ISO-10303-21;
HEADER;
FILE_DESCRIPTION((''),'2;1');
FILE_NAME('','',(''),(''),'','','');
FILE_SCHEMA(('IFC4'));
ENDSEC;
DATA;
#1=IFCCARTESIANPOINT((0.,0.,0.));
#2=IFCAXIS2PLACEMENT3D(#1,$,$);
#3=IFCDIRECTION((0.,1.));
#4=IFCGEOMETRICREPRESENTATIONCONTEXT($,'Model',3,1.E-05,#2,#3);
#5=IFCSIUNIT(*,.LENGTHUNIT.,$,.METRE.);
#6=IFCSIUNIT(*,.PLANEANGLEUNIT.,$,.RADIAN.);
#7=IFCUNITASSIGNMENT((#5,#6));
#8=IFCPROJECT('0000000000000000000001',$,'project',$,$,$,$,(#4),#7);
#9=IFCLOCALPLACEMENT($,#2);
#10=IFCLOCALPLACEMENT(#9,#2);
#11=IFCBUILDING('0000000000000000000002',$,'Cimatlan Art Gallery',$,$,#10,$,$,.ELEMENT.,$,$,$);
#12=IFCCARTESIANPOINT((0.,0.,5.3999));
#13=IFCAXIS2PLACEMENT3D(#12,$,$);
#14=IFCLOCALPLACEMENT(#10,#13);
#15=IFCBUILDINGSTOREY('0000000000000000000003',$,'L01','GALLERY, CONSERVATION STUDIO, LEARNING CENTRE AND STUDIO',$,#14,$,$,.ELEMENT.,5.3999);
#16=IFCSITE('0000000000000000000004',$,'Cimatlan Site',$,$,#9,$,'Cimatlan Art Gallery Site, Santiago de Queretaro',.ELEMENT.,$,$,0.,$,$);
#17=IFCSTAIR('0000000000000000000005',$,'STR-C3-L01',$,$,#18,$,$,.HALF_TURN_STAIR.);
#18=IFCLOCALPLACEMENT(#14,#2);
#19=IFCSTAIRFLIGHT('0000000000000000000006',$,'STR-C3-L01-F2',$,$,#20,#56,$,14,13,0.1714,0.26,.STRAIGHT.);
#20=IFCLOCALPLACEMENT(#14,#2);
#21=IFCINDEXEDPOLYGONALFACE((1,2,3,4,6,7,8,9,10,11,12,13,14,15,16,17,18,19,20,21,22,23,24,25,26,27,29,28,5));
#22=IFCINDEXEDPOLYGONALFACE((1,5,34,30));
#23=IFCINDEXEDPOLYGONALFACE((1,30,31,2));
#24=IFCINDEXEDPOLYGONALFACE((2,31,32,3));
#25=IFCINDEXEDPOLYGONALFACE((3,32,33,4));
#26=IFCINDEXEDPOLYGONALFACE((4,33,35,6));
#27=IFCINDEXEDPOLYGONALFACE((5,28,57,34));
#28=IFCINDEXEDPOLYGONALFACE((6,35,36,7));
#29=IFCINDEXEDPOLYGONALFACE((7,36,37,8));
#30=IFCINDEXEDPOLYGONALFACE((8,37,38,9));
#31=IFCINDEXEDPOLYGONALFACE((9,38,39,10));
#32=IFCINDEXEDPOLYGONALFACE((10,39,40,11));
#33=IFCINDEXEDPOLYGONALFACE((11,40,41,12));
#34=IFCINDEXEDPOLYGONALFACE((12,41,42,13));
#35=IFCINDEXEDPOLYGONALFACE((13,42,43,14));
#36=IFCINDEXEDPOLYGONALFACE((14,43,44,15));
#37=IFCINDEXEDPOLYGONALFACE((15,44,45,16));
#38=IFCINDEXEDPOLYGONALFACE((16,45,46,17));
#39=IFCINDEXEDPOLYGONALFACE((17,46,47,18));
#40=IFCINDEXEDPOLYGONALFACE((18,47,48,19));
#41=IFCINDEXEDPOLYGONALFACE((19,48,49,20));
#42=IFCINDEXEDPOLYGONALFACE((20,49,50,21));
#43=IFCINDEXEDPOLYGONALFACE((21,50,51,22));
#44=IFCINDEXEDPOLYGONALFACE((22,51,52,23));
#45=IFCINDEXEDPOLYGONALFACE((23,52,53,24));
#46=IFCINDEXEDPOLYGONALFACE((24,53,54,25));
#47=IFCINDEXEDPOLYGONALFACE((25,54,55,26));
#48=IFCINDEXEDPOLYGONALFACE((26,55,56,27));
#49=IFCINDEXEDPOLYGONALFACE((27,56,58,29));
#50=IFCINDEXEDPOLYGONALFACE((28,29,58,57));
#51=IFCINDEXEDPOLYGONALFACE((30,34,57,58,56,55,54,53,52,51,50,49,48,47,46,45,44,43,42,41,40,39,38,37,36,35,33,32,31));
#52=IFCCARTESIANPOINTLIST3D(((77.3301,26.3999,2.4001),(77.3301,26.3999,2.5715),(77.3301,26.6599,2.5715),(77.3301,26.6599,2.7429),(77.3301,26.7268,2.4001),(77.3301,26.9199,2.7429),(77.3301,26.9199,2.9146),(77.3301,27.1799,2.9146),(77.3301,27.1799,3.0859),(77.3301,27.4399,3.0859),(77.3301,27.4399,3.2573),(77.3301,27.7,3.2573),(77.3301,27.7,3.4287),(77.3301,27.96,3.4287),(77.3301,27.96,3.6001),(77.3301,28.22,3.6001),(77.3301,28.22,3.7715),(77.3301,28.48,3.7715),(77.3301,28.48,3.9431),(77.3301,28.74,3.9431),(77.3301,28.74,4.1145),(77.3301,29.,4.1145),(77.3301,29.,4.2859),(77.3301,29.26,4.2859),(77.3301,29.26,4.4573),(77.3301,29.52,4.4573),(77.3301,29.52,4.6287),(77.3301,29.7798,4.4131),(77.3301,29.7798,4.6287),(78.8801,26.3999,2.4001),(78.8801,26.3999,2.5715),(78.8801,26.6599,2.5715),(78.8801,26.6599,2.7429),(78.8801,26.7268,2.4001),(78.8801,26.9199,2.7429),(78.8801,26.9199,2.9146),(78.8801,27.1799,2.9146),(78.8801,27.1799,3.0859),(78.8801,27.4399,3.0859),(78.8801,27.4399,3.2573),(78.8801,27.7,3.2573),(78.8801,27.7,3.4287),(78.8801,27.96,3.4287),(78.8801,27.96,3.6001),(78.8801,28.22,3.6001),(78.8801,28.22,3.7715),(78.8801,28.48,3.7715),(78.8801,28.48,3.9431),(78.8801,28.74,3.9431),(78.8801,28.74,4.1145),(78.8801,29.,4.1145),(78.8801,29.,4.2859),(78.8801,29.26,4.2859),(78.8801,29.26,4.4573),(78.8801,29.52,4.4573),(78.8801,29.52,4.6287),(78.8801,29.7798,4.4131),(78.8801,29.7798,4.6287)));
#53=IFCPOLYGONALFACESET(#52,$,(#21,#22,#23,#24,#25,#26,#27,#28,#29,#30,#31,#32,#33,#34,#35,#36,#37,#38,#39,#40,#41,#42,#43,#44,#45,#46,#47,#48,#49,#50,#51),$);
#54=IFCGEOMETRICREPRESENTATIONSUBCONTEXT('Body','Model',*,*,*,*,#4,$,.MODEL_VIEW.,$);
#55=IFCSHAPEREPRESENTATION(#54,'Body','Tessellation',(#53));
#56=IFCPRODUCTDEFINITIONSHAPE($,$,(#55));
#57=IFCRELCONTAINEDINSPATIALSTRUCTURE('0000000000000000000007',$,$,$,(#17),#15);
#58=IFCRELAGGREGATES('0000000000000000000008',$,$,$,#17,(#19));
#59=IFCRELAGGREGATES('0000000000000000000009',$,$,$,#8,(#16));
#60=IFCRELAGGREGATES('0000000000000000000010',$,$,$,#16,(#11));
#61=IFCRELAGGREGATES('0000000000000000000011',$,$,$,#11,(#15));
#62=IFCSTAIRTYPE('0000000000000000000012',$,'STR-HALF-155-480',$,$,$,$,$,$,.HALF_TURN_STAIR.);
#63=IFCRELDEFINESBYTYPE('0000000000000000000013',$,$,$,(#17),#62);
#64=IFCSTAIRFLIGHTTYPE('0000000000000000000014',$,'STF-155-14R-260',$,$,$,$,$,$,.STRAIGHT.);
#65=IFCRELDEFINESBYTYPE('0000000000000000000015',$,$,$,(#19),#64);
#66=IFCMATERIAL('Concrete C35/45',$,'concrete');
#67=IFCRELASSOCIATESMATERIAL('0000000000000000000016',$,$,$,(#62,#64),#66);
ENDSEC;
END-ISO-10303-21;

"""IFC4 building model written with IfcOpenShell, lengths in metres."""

from ifc_helpers import new_model, si_unit, direction, frame, origin, place, context, subcontext, project, spatial, polyline, outline, extrude, material, type_object, element, aggregate, save


model = new_model("IFC4")

# Units and contexts
model_context = context("Model", 3, precision=1e-05, world=origin(), true_north=direction((0.0, 1.0)))
body_context = subcontext(model_context, "Body", "Model", "MODEL_VIEW")
ifc_project = project(units=[si_unit("LENGTHUNIT", "METRE"), si_unit("PLANEANGLEUNIT", "RADIAN")], contexts=[model_context])

# Site, building, storey
site_placement = place(None, origin())
site = spatial("IfcSite", under=ifc_project, at=site_placement, Name="Cimatlan Site", LongName="Cimatlan Art Gallery Site, Santiago de Queretaro", CompositionType="ELEMENT", RefElevation=0.0)
building_placement = place(site_placement, origin())
building = spatial("IfcBuilding", under=site, at=building_placement, Name="Cimatlan Art Gallery", CompositionType="ELEMENT")
storey_placement = place(building_placement, frame((0.0, 0.0, 5.3999)))
storey = spatial("IfcBuildingStorey", under=building, at=storey_placement, Name="L01", Description="GALLERY, CONSERVATION STUDIO, LEARNING CENTRE AND STUDIO", CompositionType="ELEMENT", Elevation=5.3999)

# Stair, stair flight
ifc_material_1 = material(Name="Concrete C35/45", Category="concrete")
stair_type = type_object("IfcStairType", Name="STR-HALF-155-480", PredefinedType="HALF_TURN_STAIR", material=ifc_material_1)
stair_placement = place(storey_placement, origin())
stair = element("IfcStair", 1, at=stair_placement, inside=storey, type_object=stair_type, Name="STR-C3-L01", PredefinedType="HALF_TURN_STAIR")
stair_flight_type = type_object("IfcStairFlightType", Name="STF-155-14R-260", PredefinedType="STRAIGHT", material=ifc_material_1)
stair_flight_placement = place(storey_placement, frame((78.105, 26.3999, 2.4001), z_axis=(0.0, 0.0, 1.0), x_axis=(0.0, 1.0, 0.0)))
stair_flight = element("IfcStairFlight", 2, at=stair_flight_placement, type_object=stair_flight_type, Name="STR-C3-L01-F2", NumberOfRisers=14, NumberOfTreads=13, PredefinedType="STRAIGHT", RiserHeight=0.1714, TreadLength=0.26, context=body_context, shape_type="SweptSolid", body=[
    extrude(outline(polyline([(0.0, 0.0), (0.0, 0.1714), (0.26, 0.1714), (0.26, 0.3428), (0.52, 0.3428), (0.52, 0.5144), (0.78, 0.5144), (0.78, 0.6858), (1.04, 0.6858), (1.04, 0.8572), (1.3, 0.8572), (1.3, 1.0286), (1.5601, 1.0286), (1.5601, 1.2), (1.8201, 1.2), (1.8201, 1.3713), (2.0801, 1.3713), (2.0801, 1.543), (2.3401, 1.543), (2.3401, 1.7144), (2.6001, 1.7144), (2.6001, 1.8857), (2.8601, 1.8857), (2.8601, 2.0571), (3.1201, 2.0571), (3.1201, 2.2285), (3.3799, 2.2285), (3.3799, 2.3999), (3.3799, 2.0129), (0.3269, 0.0), (0.0, 0.0)])), frame((0.0, 0.7749, 0.0), z_axis=(0.0, -1.0, 0.0), x_axis=(1.0, 0.0, 0.0)), (0.0, 0.0, 1.0), 1.55),
])
aggregate(stair, [stair_flight])

save(model, "model.ifc")
